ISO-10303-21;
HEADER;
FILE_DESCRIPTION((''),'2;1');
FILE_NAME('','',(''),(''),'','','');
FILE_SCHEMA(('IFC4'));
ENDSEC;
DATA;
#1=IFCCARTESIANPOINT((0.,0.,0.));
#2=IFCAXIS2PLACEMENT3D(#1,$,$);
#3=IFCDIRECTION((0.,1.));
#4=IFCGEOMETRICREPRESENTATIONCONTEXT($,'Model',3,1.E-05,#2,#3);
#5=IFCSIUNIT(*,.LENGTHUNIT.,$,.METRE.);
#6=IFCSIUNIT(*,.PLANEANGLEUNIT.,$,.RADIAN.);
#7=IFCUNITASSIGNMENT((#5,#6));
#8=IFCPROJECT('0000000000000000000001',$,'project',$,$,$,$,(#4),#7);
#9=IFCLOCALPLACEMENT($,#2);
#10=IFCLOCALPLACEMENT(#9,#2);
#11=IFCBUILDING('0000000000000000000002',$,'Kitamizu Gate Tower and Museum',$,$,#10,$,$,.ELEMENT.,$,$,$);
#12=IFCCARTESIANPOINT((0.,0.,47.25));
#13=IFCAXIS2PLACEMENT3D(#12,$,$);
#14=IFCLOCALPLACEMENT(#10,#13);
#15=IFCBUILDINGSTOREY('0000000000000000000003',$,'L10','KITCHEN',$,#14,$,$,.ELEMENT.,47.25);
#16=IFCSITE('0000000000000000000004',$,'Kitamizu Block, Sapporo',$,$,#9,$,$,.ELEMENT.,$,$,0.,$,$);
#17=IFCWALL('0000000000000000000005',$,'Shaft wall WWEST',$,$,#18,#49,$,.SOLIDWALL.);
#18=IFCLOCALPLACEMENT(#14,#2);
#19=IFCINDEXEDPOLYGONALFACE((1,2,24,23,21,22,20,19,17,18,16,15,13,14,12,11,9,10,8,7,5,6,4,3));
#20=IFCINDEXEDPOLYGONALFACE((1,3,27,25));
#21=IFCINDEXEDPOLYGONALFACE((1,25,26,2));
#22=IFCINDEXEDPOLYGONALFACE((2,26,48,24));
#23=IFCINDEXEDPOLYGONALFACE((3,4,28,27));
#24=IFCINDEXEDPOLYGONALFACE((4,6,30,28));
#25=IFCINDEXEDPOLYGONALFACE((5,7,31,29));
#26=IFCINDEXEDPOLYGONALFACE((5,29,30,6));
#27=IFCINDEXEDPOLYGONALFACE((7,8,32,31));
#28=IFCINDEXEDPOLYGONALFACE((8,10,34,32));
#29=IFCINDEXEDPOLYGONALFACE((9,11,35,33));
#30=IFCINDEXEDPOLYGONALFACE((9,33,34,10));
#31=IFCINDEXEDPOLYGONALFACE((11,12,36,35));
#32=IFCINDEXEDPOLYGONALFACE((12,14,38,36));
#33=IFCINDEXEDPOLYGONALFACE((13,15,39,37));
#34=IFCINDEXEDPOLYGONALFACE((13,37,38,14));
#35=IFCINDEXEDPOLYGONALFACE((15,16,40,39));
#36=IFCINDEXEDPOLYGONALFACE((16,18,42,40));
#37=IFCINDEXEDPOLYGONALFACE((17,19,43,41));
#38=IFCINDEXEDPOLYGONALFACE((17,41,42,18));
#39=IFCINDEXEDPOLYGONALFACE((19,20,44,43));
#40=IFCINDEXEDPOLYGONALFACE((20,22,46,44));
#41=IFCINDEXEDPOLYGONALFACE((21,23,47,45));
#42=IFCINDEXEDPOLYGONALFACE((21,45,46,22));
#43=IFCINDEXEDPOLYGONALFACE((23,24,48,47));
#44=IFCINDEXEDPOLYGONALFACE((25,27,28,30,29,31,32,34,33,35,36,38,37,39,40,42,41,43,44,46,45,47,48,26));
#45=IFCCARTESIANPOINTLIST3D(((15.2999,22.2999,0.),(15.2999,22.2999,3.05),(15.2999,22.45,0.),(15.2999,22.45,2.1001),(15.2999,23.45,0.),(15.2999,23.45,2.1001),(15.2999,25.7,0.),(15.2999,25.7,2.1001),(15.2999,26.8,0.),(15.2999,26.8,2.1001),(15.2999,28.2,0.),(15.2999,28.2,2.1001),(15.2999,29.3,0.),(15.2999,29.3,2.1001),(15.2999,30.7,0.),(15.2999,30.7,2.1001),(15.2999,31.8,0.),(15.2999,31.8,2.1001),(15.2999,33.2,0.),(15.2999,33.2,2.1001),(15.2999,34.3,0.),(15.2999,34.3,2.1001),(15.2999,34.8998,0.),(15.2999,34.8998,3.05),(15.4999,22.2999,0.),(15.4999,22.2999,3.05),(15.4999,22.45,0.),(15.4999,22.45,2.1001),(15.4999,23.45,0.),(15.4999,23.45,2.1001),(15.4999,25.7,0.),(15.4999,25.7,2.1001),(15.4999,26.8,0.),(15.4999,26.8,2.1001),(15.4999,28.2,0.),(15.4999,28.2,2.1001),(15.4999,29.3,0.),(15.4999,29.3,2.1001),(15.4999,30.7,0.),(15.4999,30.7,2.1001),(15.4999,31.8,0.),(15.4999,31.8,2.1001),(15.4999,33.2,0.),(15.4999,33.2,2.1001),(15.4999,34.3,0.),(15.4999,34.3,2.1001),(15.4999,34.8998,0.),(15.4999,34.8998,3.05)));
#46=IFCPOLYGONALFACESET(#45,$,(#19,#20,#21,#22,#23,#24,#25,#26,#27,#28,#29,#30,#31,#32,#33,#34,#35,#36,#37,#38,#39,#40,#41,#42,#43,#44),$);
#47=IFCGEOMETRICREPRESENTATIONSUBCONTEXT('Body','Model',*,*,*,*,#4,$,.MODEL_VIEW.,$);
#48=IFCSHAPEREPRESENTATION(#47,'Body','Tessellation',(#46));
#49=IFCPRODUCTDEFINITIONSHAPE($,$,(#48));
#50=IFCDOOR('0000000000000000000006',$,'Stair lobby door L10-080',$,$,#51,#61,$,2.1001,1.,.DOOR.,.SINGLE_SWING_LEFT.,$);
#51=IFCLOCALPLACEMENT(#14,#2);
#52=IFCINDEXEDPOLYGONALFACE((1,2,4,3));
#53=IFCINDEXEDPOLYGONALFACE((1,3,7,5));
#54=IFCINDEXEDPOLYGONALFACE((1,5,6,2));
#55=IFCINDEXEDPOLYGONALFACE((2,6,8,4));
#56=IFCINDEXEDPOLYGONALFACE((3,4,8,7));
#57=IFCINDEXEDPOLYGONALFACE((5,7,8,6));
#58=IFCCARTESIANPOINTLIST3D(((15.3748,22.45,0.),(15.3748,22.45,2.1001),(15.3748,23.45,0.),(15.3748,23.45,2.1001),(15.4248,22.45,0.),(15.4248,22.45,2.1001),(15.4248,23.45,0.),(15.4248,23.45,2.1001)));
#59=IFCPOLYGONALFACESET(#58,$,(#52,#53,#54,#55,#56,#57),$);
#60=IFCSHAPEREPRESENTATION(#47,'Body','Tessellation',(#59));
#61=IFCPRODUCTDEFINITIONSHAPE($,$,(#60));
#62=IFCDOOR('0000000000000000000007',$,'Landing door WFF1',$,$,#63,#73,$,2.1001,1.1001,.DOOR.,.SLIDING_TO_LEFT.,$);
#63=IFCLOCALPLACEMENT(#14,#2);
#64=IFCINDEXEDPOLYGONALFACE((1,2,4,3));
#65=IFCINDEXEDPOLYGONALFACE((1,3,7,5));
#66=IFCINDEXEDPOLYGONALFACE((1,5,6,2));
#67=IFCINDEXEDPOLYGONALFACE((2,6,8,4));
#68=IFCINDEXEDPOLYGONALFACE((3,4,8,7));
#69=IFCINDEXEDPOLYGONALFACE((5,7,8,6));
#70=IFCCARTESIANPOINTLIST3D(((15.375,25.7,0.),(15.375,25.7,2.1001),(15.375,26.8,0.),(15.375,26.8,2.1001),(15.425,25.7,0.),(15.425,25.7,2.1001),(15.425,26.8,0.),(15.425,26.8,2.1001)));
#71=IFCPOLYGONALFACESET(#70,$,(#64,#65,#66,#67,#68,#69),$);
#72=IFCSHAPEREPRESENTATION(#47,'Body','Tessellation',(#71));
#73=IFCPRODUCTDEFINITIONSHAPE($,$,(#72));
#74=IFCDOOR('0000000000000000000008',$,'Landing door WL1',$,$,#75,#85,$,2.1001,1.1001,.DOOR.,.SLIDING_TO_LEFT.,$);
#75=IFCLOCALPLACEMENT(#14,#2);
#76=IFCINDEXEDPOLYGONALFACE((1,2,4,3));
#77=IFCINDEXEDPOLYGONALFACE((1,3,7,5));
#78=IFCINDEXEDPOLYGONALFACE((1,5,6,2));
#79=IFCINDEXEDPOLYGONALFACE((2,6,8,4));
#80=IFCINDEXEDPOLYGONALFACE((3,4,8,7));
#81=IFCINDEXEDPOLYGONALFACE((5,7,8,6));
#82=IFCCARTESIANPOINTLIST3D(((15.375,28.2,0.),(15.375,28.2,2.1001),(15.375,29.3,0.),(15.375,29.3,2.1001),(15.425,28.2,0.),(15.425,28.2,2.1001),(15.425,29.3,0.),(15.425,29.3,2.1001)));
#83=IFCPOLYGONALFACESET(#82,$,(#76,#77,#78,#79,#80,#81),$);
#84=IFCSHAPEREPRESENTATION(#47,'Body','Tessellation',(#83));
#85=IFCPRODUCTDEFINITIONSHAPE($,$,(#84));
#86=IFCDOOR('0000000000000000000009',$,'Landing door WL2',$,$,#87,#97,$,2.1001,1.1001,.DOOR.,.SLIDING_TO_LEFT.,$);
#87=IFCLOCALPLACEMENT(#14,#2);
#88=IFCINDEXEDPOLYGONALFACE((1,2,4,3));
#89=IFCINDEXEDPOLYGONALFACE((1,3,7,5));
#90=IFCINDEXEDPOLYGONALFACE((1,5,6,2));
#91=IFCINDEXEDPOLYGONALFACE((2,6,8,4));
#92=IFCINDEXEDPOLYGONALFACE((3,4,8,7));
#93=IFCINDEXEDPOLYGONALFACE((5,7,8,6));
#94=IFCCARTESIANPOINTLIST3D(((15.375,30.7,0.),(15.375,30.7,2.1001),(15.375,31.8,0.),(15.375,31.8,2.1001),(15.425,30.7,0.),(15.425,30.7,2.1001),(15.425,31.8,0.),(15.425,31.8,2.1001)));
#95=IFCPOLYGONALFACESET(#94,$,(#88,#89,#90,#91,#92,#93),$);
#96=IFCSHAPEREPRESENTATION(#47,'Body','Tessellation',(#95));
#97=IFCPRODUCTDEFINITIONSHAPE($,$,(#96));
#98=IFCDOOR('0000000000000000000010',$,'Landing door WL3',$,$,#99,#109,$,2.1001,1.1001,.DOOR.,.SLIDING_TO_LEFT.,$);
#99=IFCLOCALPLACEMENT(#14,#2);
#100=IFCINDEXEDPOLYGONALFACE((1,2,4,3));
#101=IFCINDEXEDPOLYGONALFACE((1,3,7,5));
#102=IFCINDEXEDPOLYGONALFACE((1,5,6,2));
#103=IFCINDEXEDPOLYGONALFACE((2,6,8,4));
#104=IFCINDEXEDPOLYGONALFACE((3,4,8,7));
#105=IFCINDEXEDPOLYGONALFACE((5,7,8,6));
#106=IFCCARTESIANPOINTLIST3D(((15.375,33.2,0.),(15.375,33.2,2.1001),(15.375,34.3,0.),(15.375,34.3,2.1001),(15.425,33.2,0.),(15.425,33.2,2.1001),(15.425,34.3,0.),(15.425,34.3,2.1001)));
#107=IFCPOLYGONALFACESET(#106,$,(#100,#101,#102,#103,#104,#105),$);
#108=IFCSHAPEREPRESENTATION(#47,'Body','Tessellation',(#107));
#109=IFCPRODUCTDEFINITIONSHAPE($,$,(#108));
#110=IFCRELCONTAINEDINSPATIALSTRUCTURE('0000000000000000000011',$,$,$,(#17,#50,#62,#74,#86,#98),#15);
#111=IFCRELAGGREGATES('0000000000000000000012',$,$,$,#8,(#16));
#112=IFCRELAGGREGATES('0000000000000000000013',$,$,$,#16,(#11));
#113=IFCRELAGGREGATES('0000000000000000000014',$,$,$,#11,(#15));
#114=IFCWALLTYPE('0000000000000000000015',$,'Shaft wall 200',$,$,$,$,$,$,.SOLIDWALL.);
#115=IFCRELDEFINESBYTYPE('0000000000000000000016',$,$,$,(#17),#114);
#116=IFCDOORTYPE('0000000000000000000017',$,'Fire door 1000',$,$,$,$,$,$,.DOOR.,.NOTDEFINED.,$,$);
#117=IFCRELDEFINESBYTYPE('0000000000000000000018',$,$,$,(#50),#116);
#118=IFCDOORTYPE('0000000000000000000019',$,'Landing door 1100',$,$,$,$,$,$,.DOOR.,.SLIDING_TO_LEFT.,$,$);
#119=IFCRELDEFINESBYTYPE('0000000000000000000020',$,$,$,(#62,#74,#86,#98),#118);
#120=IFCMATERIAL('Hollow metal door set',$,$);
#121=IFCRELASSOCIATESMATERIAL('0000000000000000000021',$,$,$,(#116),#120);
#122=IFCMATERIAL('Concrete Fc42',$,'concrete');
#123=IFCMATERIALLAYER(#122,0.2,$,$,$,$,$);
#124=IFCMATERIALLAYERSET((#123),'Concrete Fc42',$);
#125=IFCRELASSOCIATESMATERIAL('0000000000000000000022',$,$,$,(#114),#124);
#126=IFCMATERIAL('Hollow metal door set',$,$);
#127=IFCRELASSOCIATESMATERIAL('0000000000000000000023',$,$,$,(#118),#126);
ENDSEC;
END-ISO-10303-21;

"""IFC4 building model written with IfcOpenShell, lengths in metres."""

from ifc_helpers import new_model, si_unit, direction, frame, frame_2d, origin, place, context, subcontext, project, spatial, rectangle, extrude, material, layer, layer_set, type_object, element, fill, save


model = new_model("IFC4")

# Units and contexts
model_context = context("Model", 3, precision=1e-05, world=origin(), true_north=direction((0.0, 1.0)))
body_context = subcontext(model_context, "Body", "Model", "MODEL_VIEW")
ifc_project = project(units=[si_unit("LENGTHUNIT", "METRE"), si_unit("PLANEANGLEUNIT", "RADIAN")], contexts=[model_context])

# Site, building, storey
site_placement = place(None, origin())
site = spatial("IfcSite", under=ifc_project, at=site_placement, Name="Kitamizu Block, Sapporo", CompositionType="ELEMENT", RefElevation=0.0)
building_placement = place(site_placement, origin())
building = spatial("IfcBuilding", under=site, at=building_placement, Name="Kitamizu Gate Tower and Museum", CompositionType="ELEMENT")
storey_placement = place(building_placement, frame((0.0, 0.0, 47.25)))
storey = spatial("IfcBuildingStorey", under=building, at=storey_placement, Name="L10", Description="KITCHEN", CompositionType="ELEMENT", Elevation=47.25)

# Shared definitions
ifc_material_1 = material(Name="Hollow metal door set")
door_type_1 = type_object("IfcDoorType", Name="Fire door 1000", OperationType="NOTDEFINED", PredefinedType="DOOR", material=ifc_material_1)

# Wall, openings, doors
ifc_material_2 = material(Name="Concrete Fc42", Category="concrete")
ifc_layer_1 = layer(ifc_material_2, 0.2)
ifc_layer_set_1 = layer_set([ifc_layer_1], Name="Concrete Fc42")
wall_type_1 = type_object("IfcWallType", Name="Shaft wall 200", PredefinedType="SOLIDWALL", material=ifc_layer_set_1)
wall_1_placement = place(storey_placement, frame((15.3999, 22.3, 0.0), z_axis=(0.0, 0.0, 1.0), x_axis=(0.0, 1.0, 0.0)))
wall_1 = element("IfcWall", 1, at=wall_1_placement, inside=storey, type_object=wall_type_1, Name="Shaft wall WWEST", PredefinedType="SOLIDWALL", context=body_context, shape_type="SweptSolid", body=[
    extrude(rectangle(XDim=12.5999, YDim=0.2, at=frame_2d((6.2998, 0.0))), origin(), (0.0, 0.0, 1.0), 3.05),
])
opening_1_placement = place(wall_1_placement, frame((3.3999, 0.0, 0.0)))
opening_1 = element("IfcOpeningElement", 2, at=opening_1_placement, cuts=wall_1, PredefinedType="OPENING", context=body_context, shape_type="SweptSolid", body=[
    extrude(rectangle(XDim=1.1001, YDim=2.1001, at=frame_2d((0.55, 1.05))), frame((0.0, 0.1099, 0.0), z_axis=(0.0, -1.0, 0.0), x_axis=(1.0, 0.0, 0.0)), (0.0, 0.0, 1.0), 0.22),
])
opening_2_placement = place(wall_1_placement, frame((5.8999, 0.0, 0.0)))
opening_2 = element("IfcOpeningElement", 3, at=opening_2_placement, cuts=wall_1, PredefinedType="OPENING", context=body_context, shape_type="SweptSolid", body=[
    extrude(rectangle(XDim=1.1001, YDim=2.1001, at=frame_2d((0.55, 1.05))), frame((0.0, 0.1099, 0.0), z_axis=(0.0, -1.0, 0.0), x_axis=(1.0, 0.0, 0.0)), (0.0, 0.0, 1.0), 0.22),
])
opening_3_placement = place(wall_1_placement, frame((8.3999, 0.0, 0.0)))
opening_3 = element("IfcOpeningElement", 4, at=opening_3_placement, cuts=wall_1, PredefinedType="OPENING", context=body_context, shape_type="SweptSolid", body=[
    extrude(rectangle(XDim=1.1001, YDim=2.1001, at=frame_2d((0.55, 1.05))), frame((0.0, 0.1099, 0.0), z_axis=(0.0, -1.0, 0.0), x_axis=(1.0, 0.0, 0.0)), (0.0, 0.0, 1.0), 0.22),
])
opening_4_placement = place(wall_1_placement, frame((10.8999, 0.0, 0.0)))
opening_4 = element("IfcOpeningElement", 5, at=opening_4_placement, cuts=wall_1, PredefinedType="OPENING", context=body_context, shape_type="SweptSolid", body=[
    extrude(rectangle(XDim=1.1001, YDim=2.1001, at=frame_2d((0.55, 1.05))), frame((0.0, 0.1099, 0.0), z_axis=(0.0, -1.0, 0.0), x_axis=(1.0, 0.0, 0.0)), (0.0, 0.0, 1.0), 0.22),
])
opening_5_placement = place(wall_1_placement, frame((0.1499, 0.0, 0.0)))
opening_5 = element("IfcOpeningElement", 6, at=opening_5_placement, cuts=wall_1, PredefinedType="OPENING", context=body_context, shape_type="SweptSolid", body=[
    extrude(rectangle(XDim=1.0, YDim=2.1001, at=frame_2d((0.5, 1.05))), frame((0.0, 0.1099, 0.0), z_axis=(0.0, -1.0, 0.0), x_axis=(1.0, 0.0, 0.0)), (0.0, 0.0, 1.0), 0.22),
])
door_1_placement = place(opening_5_placement, frame((1.0, 0.0, 0.0), x_axis=(-1.0, 0.0, 0.0)))
door_1 = element("IfcDoor", 7, at=door_1_placement, inside=storey, type_object=door_type_1, Name="Stair lobby door L10-080", OperationType="SINGLE_SWING_LEFT", OverallHeight=2.1001, OverallWidth=1.0, PredefinedType="DOOR", context=body_context, shape_type="SweptSolid", body=[
    extrude(rectangle(XDim=1.0, YDim=2.1001, at=frame_2d((0.5, 1.05))), frame((0.0, 0.0249, 0.0), z_axis=(0.0, -1.0, 0.0), x_axis=(1.0, 0.0, 0.0)), (0.0, 0.0, 1.0), 0.05),
])
fill(opening_5, door_1)
ifc_material_3 = material(Name="Hollow metal door set")
door_type_2 = type_object("IfcDoorType", Name="Landing door 1100", OperationType="SLIDING_TO_LEFT", PredefinedType="DOOR", material=ifc_material_3)
door_2_placement = place(opening_1_placement, origin())
door_2 = element("IfcDoor", 8, at=door_2_placement, inside=storey, type_object=door_type_2, Name="Landing door WFF1", OperationType="SLIDING_TO_LEFT", OverallHeight=2.1001, OverallWidth=1.1001, PredefinedType="DOOR", context=body_context, shape_type="SweptSolid", body=[
    extrude(rectangle(XDim=1.1001, YDim=2.1001, at=frame_2d((0.55, 1.05))), frame((0.0, 0.0249, 0.0), z_axis=(0.0, -1.0, 0.0), x_axis=(1.0, 0.0, 0.0)), (0.0, 0.0, 1.0), 0.05),
])
fill(opening_1, door_2)
door_3_placement = place(opening_2_placement, origin())
door_3 = element("IfcDoor", 9, at=door_3_placement, inside=storey, type_object=door_type_2, Name="Landing door WL1", OperationType="SLIDING_TO_LEFT", OverallHeight=2.1001, OverallWidth=1.1001, PredefinedType="DOOR", context=body_context, shape_type="SweptSolid", body=[
    extrude(rectangle(XDim=1.1001, YDim=2.1001, at=frame_2d((0.55, 1.05))), frame((0.0, 0.0249, 0.0), z_axis=(0.0, -1.0, 0.0), x_axis=(1.0, 0.0, 0.0)), (0.0, 0.0, 1.0), 0.05),
])
fill(opening_2, door_3)
door_4_placement = place(opening_3_placement, origin())
door_4 = element("IfcDoor", 10, at=door_4_placement, inside=storey, type_object=door_type_2, Name="Landing door WL2", OperationType="SLIDING_TO_LEFT", OverallHeight=2.1001, OverallWidth=1.1001, PredefinedType="DOOR", context=body_context, shape_type="SweptSolid", body=[
    extrude(rectangle(XDim=1.1001, YDim=2.1001, at=frame_2d((0.55, 1.05))), frame((0.0, 0.0249, 0.0), z_axis=(0.0, -1.0, 0.0), x_axis=(1.0, 0.0, 0.0)), (0.0, 0.0, 1.0), 0.05),
])
fill(opening_3, door_4)
door_5_placement = place(opening_4_placement, origin())
door_5 = element("IfcDoor", 11, at=door_5_placement, inside=storey, type_object=door_type_2, Name="Landing door WL3", OperationType="SLIDING_TO_LEFT", OverallHeight=2.1001, OverallWidth=1.1001, PredefinedType="DOOR", context=body_context, shape_type="SweptSolid", body=[
    extrude(rectangle(XDim=1.1001, YDim=2.1001, at=frame_2d((0.55, 1.05))), frame((0.0, 0.0249, 0.0), z_axis=(0.0, -1.0, 0.0), x_axis=(1.0, 0.0, 0.0)), (0.0, 0.0, 1.0), 0.05),
])
fill(opening_4, door_5)

save(model, "model.ifc")
